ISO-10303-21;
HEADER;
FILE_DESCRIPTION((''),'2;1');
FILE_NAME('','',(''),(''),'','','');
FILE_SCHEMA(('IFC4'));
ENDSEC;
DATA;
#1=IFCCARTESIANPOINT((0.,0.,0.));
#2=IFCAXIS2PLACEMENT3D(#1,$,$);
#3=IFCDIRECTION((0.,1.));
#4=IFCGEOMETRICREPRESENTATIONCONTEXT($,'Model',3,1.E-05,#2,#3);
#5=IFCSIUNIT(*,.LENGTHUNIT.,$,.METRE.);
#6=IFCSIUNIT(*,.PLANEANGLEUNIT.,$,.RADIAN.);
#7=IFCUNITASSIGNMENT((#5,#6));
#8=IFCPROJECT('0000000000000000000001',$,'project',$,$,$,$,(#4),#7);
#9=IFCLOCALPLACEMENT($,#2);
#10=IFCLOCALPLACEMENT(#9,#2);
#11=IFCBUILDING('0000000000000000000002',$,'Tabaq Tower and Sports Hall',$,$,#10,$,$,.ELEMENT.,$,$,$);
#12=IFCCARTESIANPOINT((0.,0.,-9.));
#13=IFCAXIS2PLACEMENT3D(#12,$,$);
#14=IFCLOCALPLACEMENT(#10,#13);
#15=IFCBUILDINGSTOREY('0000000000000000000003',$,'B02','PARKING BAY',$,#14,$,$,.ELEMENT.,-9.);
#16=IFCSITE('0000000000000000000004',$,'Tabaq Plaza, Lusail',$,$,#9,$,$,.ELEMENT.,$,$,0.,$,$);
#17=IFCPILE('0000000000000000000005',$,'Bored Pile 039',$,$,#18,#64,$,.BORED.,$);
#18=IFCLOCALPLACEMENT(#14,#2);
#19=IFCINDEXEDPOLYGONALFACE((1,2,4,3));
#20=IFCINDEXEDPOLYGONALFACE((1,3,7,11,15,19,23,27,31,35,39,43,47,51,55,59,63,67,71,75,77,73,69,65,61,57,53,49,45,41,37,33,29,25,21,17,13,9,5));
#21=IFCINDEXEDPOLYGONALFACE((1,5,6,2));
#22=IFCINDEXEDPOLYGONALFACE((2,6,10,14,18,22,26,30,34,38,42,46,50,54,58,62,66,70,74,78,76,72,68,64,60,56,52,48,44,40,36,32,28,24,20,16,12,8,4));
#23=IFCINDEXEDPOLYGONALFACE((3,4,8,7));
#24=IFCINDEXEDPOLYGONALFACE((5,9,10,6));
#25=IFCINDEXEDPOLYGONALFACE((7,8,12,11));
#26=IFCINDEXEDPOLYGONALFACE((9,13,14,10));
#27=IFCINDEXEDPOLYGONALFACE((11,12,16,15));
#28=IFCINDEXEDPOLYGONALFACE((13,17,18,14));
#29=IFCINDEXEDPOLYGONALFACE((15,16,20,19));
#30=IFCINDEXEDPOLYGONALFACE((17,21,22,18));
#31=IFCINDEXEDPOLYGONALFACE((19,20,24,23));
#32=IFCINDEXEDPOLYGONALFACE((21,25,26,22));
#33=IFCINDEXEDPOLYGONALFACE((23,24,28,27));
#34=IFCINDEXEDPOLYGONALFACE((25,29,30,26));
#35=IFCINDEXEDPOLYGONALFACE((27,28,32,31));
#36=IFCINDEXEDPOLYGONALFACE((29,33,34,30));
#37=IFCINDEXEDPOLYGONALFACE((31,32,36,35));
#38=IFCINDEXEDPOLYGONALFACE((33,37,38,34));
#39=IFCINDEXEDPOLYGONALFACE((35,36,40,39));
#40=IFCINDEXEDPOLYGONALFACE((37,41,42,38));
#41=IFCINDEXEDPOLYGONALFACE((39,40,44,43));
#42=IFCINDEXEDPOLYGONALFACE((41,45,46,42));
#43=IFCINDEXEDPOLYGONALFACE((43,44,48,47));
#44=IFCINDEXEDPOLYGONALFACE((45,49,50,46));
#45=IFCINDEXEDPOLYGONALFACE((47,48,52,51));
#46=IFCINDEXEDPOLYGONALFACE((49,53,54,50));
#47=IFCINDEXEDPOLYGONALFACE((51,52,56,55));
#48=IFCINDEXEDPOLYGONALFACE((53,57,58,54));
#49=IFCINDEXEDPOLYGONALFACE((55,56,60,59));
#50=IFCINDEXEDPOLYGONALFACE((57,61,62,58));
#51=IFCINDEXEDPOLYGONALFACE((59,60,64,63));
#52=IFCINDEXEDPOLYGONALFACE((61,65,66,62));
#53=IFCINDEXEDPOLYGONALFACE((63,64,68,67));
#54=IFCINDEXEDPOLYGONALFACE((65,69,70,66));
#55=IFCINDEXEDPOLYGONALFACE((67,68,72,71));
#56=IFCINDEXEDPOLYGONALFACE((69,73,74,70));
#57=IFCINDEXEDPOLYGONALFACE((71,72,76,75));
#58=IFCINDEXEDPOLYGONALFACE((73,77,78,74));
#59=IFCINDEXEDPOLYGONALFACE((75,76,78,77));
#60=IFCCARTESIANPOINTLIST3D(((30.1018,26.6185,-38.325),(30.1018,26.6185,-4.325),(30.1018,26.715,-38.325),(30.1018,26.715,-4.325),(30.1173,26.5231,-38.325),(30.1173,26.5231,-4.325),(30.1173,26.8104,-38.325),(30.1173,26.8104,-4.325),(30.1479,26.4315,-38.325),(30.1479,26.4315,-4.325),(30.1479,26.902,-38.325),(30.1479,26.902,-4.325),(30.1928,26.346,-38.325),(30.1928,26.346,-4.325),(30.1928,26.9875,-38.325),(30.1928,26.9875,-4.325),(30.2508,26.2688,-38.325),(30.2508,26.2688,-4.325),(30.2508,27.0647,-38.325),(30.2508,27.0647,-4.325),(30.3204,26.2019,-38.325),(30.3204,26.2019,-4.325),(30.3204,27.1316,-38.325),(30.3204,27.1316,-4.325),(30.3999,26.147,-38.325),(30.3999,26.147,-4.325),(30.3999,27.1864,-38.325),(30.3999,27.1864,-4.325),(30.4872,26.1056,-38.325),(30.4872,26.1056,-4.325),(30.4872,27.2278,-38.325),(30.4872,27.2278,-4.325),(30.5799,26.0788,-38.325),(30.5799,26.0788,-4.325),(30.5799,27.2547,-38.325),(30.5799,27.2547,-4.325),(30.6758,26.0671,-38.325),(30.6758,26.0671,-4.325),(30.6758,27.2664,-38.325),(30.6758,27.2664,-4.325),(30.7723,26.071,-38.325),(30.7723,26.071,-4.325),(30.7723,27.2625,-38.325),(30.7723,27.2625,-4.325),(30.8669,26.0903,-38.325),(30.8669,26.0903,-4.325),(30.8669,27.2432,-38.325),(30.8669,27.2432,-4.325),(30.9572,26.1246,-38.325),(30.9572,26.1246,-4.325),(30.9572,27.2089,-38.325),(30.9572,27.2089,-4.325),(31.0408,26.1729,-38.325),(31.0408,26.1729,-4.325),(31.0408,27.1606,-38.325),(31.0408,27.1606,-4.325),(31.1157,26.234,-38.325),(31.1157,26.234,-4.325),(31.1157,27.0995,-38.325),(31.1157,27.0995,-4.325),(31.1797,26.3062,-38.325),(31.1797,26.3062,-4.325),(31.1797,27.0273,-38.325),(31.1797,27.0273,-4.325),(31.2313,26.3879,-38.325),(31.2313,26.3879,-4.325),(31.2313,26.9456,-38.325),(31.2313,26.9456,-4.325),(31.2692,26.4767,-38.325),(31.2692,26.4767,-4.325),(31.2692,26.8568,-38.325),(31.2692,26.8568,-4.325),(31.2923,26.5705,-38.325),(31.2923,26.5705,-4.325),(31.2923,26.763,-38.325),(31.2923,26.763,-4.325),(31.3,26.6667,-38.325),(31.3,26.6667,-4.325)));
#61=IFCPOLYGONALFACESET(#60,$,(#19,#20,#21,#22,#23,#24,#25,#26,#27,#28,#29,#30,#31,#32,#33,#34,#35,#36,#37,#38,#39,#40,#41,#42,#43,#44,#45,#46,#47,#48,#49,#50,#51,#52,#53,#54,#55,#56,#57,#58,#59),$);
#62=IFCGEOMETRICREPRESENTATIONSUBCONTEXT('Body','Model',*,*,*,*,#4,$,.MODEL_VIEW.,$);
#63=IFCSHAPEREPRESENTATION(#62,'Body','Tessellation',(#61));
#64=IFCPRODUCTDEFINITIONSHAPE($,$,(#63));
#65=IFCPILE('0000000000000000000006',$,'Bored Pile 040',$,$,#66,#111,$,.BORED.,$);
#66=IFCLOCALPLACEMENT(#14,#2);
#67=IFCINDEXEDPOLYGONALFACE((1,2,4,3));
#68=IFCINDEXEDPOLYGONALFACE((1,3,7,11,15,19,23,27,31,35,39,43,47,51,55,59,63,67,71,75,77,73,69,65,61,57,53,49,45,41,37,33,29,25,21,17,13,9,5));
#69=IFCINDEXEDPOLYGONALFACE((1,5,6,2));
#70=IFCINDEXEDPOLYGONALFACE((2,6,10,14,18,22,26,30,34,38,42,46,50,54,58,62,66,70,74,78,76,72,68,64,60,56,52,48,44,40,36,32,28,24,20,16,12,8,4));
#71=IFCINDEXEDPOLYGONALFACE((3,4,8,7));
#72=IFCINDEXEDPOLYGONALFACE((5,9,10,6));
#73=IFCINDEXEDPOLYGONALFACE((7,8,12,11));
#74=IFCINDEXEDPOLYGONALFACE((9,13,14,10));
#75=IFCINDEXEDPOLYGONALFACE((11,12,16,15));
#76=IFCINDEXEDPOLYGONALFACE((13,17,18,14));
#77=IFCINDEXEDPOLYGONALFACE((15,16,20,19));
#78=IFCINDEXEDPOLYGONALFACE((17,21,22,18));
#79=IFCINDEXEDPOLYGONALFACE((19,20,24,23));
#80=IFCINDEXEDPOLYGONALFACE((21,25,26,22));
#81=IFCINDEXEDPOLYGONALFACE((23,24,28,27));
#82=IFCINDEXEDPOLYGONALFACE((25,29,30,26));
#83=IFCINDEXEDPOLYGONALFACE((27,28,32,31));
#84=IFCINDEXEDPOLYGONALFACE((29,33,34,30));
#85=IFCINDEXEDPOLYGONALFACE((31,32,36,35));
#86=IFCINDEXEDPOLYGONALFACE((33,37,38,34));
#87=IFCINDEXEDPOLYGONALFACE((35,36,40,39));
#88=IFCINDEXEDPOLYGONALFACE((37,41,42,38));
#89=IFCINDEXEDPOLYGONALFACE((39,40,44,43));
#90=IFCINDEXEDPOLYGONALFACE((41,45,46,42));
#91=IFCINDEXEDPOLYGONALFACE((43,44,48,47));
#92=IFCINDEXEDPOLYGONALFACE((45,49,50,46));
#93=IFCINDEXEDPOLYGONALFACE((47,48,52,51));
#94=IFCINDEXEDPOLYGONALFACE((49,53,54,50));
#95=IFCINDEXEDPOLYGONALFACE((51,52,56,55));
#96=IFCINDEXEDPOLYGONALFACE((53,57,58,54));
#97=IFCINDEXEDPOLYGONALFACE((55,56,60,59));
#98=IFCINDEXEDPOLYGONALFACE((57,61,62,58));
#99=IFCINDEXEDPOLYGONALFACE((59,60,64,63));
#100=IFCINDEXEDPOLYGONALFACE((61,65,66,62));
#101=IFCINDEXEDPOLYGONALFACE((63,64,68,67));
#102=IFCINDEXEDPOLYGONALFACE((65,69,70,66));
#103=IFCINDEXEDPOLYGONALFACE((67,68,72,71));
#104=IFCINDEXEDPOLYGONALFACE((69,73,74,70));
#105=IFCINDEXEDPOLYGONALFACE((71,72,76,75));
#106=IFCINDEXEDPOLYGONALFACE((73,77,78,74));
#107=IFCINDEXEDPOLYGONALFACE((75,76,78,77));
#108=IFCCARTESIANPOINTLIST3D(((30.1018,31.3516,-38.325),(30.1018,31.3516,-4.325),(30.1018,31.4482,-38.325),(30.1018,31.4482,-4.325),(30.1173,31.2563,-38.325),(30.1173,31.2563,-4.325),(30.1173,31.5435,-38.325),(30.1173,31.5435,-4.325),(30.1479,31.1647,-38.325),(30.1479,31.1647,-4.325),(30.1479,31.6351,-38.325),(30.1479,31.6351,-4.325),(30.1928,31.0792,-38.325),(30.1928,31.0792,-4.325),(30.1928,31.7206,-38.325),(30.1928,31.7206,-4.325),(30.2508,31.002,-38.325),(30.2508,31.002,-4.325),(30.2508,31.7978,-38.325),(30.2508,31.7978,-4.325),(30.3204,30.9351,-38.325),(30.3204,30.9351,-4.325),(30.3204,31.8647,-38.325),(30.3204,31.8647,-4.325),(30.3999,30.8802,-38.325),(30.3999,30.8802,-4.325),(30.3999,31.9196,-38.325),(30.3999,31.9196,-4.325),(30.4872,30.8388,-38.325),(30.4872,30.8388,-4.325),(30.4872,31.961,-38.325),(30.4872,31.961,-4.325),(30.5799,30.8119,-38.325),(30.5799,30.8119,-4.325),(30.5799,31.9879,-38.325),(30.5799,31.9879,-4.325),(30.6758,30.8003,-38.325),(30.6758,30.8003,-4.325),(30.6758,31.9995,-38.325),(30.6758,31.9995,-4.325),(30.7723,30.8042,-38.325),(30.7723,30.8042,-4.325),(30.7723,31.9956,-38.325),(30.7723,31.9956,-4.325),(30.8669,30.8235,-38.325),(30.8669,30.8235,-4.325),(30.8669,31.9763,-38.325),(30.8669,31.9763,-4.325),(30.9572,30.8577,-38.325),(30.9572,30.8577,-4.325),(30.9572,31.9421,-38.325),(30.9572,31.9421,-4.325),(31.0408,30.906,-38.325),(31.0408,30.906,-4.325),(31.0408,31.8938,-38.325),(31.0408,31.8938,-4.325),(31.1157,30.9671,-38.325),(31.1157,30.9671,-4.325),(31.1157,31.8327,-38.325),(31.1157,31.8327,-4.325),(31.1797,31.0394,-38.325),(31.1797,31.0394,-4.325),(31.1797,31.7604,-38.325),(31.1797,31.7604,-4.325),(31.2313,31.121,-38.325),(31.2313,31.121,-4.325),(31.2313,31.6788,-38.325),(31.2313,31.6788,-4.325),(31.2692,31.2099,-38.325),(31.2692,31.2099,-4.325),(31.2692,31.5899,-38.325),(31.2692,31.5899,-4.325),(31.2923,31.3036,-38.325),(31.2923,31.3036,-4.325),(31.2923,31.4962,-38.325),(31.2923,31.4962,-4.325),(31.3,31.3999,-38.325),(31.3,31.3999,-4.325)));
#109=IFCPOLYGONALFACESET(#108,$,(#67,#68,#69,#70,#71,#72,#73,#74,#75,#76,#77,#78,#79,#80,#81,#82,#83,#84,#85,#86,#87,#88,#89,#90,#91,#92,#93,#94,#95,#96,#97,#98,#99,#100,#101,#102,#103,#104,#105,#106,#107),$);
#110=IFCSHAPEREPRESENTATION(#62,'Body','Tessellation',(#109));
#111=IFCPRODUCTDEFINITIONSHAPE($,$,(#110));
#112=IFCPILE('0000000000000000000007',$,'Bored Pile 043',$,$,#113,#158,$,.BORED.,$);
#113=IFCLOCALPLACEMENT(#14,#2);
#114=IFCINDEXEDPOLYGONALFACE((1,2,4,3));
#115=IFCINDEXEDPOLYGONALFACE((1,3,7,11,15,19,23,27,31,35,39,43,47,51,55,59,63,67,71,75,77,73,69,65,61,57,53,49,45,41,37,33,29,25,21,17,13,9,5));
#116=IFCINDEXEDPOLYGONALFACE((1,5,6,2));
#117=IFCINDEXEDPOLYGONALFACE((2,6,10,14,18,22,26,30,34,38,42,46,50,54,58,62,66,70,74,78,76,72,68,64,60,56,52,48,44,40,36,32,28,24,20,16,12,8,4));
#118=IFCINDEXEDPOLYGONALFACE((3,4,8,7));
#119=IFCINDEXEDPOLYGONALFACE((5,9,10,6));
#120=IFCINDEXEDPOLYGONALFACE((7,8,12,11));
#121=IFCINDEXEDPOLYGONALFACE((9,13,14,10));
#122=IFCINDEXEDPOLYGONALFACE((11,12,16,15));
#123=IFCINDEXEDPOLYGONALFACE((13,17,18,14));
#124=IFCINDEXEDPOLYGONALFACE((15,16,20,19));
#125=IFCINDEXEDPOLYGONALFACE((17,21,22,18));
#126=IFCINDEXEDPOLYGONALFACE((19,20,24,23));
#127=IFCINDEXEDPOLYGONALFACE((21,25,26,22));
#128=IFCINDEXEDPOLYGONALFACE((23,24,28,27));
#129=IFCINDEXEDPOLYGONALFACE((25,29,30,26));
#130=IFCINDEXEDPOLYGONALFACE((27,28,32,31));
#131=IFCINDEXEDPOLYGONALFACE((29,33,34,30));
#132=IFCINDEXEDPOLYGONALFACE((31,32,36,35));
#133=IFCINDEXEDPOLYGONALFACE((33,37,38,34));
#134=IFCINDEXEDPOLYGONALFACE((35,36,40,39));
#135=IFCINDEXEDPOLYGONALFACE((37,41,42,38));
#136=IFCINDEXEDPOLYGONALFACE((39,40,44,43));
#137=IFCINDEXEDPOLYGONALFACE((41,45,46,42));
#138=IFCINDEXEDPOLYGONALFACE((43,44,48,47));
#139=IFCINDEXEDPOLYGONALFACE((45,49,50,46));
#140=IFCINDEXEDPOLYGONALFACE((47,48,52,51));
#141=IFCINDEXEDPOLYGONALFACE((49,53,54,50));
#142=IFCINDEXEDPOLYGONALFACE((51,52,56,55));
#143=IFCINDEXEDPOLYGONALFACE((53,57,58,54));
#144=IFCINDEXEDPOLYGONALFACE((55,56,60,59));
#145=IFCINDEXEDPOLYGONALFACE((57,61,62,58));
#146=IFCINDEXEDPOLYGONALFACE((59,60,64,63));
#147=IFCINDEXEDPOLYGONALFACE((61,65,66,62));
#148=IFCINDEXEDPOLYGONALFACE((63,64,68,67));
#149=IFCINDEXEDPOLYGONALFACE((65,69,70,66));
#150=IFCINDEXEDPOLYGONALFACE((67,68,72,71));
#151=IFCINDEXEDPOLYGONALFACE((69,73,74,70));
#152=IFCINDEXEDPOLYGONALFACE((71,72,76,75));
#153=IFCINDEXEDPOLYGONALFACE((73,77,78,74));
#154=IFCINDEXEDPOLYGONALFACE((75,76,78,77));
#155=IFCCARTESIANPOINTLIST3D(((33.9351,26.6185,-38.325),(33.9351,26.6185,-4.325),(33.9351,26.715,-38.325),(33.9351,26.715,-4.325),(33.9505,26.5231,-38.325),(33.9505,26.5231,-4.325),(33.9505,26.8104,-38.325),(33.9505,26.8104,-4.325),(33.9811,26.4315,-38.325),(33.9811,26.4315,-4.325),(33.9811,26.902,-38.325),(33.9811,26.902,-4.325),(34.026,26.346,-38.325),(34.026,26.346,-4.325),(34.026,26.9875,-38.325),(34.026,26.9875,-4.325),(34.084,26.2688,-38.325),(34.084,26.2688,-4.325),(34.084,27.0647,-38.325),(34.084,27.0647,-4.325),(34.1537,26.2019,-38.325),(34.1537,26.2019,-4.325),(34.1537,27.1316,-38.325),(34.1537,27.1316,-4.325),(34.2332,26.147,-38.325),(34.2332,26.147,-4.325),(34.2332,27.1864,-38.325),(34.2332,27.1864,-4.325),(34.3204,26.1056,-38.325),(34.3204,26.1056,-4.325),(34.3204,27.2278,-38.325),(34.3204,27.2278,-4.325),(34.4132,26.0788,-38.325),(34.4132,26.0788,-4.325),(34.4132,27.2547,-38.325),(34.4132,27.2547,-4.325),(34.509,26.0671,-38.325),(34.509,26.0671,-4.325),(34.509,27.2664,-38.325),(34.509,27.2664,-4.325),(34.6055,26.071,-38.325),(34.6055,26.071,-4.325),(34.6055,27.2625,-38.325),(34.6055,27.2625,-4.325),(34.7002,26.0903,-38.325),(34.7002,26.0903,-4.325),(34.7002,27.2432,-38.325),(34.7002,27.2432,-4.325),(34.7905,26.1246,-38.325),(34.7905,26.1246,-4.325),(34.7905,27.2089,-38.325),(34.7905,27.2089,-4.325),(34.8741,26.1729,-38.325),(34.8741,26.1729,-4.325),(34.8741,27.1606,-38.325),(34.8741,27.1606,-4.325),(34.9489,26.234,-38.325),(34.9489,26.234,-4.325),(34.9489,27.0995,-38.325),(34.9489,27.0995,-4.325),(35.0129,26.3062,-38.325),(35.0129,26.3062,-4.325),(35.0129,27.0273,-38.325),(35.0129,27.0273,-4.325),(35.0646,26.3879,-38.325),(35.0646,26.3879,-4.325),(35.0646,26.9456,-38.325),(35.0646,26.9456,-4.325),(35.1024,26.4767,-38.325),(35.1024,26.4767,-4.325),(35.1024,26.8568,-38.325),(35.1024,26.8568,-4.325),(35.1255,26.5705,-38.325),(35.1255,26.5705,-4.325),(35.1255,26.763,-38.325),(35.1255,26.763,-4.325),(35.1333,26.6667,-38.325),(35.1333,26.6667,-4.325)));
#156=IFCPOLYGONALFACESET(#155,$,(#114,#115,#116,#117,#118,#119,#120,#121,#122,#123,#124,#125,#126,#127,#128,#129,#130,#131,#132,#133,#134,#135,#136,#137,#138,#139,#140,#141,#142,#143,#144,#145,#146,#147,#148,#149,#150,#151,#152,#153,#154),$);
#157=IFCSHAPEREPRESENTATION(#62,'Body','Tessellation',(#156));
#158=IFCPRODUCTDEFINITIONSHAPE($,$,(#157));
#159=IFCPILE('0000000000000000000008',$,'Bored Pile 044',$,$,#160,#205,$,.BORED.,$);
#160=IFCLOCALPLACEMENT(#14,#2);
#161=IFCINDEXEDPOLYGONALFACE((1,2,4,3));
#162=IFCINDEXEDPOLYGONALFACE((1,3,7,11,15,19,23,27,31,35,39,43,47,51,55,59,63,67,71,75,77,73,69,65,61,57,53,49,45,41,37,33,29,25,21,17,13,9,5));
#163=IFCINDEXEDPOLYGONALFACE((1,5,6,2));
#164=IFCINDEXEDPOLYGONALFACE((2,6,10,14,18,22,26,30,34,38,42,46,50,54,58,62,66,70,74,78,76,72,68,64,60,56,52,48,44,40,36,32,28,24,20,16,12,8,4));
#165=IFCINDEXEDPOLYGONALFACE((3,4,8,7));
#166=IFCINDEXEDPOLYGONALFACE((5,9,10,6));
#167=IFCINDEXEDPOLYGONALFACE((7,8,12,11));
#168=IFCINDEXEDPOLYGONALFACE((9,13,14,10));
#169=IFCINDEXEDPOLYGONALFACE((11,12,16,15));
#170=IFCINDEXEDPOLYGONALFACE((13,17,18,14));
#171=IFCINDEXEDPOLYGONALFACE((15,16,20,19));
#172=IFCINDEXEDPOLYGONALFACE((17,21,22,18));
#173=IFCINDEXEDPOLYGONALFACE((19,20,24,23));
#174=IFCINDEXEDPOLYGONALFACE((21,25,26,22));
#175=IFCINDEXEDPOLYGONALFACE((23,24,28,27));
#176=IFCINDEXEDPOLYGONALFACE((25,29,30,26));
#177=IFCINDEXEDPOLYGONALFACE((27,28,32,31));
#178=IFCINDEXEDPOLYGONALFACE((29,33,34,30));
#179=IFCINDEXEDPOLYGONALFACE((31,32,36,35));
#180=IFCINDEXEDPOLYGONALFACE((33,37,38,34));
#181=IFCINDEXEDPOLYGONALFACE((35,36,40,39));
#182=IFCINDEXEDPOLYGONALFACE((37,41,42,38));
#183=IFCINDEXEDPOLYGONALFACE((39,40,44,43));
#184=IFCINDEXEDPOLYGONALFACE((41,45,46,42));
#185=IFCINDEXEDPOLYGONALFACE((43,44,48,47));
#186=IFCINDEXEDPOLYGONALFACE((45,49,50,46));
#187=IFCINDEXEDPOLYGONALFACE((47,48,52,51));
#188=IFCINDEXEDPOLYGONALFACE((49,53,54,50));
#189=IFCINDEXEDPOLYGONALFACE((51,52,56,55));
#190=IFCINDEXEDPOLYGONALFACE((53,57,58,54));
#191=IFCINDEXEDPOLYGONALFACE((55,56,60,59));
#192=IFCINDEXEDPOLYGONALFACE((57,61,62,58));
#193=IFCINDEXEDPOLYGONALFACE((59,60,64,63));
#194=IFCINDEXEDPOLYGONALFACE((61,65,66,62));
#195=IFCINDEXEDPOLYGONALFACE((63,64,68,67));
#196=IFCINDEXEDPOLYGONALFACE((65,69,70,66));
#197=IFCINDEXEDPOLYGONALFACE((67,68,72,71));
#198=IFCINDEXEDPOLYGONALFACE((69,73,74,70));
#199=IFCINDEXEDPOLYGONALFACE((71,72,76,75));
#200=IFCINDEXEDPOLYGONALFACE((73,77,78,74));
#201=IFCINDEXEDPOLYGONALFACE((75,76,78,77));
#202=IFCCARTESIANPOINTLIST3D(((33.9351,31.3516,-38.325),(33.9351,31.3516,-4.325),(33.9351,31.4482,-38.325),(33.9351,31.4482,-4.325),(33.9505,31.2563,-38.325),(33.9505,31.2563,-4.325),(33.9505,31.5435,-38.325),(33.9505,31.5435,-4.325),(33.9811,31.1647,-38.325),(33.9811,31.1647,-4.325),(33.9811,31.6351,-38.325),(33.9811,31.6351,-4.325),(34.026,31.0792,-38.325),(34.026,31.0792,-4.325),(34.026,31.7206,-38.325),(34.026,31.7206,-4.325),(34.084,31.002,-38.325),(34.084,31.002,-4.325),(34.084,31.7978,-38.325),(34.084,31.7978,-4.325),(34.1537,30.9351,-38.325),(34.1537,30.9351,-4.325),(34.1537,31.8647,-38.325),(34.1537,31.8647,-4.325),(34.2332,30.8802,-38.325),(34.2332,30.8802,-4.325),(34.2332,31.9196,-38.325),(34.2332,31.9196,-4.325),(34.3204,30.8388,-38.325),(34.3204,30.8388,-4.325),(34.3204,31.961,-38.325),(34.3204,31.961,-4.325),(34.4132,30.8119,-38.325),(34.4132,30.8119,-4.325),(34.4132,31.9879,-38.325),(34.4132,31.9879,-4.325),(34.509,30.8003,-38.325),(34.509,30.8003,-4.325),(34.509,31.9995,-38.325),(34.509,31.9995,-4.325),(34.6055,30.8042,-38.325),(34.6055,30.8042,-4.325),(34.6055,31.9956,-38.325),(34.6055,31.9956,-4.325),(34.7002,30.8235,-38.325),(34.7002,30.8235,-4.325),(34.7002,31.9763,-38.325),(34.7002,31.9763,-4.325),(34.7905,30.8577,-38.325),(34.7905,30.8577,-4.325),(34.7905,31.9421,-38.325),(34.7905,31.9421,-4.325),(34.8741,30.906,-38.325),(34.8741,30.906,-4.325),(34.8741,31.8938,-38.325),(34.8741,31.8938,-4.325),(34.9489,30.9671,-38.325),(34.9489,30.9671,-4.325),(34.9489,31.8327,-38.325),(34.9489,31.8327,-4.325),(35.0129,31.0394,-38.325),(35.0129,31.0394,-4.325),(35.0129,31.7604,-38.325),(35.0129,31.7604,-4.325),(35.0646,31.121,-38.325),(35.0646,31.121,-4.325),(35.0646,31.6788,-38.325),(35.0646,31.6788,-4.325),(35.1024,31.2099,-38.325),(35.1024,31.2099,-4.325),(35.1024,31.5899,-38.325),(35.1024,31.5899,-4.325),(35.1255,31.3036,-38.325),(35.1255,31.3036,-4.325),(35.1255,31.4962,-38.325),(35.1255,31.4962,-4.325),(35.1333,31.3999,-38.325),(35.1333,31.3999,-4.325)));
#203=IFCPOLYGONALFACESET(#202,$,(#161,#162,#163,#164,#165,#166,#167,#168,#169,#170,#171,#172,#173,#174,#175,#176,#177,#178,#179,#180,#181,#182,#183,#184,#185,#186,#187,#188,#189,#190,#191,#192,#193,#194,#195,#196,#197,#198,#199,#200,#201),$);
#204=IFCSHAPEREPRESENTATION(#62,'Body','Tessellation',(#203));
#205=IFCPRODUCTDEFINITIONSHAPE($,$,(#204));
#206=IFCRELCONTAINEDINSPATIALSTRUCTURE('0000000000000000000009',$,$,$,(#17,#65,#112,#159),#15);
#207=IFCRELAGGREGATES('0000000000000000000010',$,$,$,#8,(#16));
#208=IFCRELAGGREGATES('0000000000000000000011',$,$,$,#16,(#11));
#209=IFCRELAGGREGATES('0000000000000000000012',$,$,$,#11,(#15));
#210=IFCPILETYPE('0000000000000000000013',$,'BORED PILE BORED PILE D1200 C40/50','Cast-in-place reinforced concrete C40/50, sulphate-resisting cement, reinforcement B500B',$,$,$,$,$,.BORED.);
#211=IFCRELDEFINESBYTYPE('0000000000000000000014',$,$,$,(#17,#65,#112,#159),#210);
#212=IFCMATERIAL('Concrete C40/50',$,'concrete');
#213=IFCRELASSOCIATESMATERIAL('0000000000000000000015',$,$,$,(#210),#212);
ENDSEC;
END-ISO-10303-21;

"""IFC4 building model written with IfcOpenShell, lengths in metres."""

from ifc_helpers import new_model, si_unit, direction, frame, origin, origin_2d, place, context, subcontext, project, spatial, circle, extrude, material, material_profile, profile_set, type_object, element, save


model = new_model("IFC4")

# Units and contexts
model_context = context("Model", 3, precision=1e-05, world=origin(), true_north=direction((0.0, 1.0)))
body_context = subcontext(model_context, "Body", "Model", "MODEL_VIEW")
ifc_project = project(units=[si_unit("LENGTHUNIT", "METRE"), si_unit("PLANEANGLEUNIT", "RADIAN")], contexts=[model_context])

# Site, building, storey
site_placement = place(None, origin())
site = spatial("IfcSite", under=ifc_project, at=site_placement, Name="Tabaq Plaza, Lusail", CompositionType="ELEMENT", RefElevation=0.0)
building_placement = place(site_placement, origin())
building = spatial("IfcBuilding", under=site, at=building_placement, Name="Tabaq Tower and Sports Hall", CompositionType="ELEMENT")
storey_placement = place(building_placement, frame((0.0, 0.0, -9.0)))
storey = spatial("IfcBuildingStorey", under=building, at=storey_placement, Name="B02", Description="PARKING BAY", CompositionType="ELEMENT", Elevation=-9.0)

# Piles
ifc_material_1 = material(Name="Concrete C40/50", Category="concrete")
ifc_material_profile_1 = material_profile(ifc_material_1, circle(Radius=0.6001, at=origin_2d()), Name="BORED PILE D1200")
ifc_profile_set_1 = profile_set([ifc_material_profile_1], Name="Concrete C40/50")
pile_type_1 = type_object("IfcPileType", Name="BORED PILE BORED PILE D1200 C40/50", Description="Cast-in-place reinforced concrete C40/50, sulphate-resisting cement, reinforcement B500B", PredefinedType="BORED", material=ifc_profile_set_1)
for number, where, z_axis, x_axis, name in (
    (1, (30.7, 26.6667, -4.325), (0.0, 0.0, -1.0), (1.0, 0.0, 0.0), "Bored Pile 039"),
    (2, (30.7, 31.3999, -4.325), (0.0, 0.0, -1.0), (1.0, 0.0, 0.0), "Bored Pile 040"),
    (3, (34.5332, 26.6667, -4.325), (0.0, 0.0, -1.0), (1.0, 0.0, 0.0), "Bored Pile 043"),
    (4, (34.5332, 31.3999, -4.325), (0.0, 0.0, -1.0), (1.0, 0.0, 0.0), "Bored Pile 044"),
):
    element("IfcPile", number, at=place(storey_placement, frame(where, z_axis=z_axis, x_axis=x_axis)), inside=storey, type_object=pile_type_1, Name=name, PredefinedType="BORED", context=body_context, shape_type="SweptSolid", body=[
        extrude(circle(Radius=0.6001, at=origin_2d()), origin(), (0.0, 0.0, 1.0), 34.0),
    ])

save(model, "model.ifc")
